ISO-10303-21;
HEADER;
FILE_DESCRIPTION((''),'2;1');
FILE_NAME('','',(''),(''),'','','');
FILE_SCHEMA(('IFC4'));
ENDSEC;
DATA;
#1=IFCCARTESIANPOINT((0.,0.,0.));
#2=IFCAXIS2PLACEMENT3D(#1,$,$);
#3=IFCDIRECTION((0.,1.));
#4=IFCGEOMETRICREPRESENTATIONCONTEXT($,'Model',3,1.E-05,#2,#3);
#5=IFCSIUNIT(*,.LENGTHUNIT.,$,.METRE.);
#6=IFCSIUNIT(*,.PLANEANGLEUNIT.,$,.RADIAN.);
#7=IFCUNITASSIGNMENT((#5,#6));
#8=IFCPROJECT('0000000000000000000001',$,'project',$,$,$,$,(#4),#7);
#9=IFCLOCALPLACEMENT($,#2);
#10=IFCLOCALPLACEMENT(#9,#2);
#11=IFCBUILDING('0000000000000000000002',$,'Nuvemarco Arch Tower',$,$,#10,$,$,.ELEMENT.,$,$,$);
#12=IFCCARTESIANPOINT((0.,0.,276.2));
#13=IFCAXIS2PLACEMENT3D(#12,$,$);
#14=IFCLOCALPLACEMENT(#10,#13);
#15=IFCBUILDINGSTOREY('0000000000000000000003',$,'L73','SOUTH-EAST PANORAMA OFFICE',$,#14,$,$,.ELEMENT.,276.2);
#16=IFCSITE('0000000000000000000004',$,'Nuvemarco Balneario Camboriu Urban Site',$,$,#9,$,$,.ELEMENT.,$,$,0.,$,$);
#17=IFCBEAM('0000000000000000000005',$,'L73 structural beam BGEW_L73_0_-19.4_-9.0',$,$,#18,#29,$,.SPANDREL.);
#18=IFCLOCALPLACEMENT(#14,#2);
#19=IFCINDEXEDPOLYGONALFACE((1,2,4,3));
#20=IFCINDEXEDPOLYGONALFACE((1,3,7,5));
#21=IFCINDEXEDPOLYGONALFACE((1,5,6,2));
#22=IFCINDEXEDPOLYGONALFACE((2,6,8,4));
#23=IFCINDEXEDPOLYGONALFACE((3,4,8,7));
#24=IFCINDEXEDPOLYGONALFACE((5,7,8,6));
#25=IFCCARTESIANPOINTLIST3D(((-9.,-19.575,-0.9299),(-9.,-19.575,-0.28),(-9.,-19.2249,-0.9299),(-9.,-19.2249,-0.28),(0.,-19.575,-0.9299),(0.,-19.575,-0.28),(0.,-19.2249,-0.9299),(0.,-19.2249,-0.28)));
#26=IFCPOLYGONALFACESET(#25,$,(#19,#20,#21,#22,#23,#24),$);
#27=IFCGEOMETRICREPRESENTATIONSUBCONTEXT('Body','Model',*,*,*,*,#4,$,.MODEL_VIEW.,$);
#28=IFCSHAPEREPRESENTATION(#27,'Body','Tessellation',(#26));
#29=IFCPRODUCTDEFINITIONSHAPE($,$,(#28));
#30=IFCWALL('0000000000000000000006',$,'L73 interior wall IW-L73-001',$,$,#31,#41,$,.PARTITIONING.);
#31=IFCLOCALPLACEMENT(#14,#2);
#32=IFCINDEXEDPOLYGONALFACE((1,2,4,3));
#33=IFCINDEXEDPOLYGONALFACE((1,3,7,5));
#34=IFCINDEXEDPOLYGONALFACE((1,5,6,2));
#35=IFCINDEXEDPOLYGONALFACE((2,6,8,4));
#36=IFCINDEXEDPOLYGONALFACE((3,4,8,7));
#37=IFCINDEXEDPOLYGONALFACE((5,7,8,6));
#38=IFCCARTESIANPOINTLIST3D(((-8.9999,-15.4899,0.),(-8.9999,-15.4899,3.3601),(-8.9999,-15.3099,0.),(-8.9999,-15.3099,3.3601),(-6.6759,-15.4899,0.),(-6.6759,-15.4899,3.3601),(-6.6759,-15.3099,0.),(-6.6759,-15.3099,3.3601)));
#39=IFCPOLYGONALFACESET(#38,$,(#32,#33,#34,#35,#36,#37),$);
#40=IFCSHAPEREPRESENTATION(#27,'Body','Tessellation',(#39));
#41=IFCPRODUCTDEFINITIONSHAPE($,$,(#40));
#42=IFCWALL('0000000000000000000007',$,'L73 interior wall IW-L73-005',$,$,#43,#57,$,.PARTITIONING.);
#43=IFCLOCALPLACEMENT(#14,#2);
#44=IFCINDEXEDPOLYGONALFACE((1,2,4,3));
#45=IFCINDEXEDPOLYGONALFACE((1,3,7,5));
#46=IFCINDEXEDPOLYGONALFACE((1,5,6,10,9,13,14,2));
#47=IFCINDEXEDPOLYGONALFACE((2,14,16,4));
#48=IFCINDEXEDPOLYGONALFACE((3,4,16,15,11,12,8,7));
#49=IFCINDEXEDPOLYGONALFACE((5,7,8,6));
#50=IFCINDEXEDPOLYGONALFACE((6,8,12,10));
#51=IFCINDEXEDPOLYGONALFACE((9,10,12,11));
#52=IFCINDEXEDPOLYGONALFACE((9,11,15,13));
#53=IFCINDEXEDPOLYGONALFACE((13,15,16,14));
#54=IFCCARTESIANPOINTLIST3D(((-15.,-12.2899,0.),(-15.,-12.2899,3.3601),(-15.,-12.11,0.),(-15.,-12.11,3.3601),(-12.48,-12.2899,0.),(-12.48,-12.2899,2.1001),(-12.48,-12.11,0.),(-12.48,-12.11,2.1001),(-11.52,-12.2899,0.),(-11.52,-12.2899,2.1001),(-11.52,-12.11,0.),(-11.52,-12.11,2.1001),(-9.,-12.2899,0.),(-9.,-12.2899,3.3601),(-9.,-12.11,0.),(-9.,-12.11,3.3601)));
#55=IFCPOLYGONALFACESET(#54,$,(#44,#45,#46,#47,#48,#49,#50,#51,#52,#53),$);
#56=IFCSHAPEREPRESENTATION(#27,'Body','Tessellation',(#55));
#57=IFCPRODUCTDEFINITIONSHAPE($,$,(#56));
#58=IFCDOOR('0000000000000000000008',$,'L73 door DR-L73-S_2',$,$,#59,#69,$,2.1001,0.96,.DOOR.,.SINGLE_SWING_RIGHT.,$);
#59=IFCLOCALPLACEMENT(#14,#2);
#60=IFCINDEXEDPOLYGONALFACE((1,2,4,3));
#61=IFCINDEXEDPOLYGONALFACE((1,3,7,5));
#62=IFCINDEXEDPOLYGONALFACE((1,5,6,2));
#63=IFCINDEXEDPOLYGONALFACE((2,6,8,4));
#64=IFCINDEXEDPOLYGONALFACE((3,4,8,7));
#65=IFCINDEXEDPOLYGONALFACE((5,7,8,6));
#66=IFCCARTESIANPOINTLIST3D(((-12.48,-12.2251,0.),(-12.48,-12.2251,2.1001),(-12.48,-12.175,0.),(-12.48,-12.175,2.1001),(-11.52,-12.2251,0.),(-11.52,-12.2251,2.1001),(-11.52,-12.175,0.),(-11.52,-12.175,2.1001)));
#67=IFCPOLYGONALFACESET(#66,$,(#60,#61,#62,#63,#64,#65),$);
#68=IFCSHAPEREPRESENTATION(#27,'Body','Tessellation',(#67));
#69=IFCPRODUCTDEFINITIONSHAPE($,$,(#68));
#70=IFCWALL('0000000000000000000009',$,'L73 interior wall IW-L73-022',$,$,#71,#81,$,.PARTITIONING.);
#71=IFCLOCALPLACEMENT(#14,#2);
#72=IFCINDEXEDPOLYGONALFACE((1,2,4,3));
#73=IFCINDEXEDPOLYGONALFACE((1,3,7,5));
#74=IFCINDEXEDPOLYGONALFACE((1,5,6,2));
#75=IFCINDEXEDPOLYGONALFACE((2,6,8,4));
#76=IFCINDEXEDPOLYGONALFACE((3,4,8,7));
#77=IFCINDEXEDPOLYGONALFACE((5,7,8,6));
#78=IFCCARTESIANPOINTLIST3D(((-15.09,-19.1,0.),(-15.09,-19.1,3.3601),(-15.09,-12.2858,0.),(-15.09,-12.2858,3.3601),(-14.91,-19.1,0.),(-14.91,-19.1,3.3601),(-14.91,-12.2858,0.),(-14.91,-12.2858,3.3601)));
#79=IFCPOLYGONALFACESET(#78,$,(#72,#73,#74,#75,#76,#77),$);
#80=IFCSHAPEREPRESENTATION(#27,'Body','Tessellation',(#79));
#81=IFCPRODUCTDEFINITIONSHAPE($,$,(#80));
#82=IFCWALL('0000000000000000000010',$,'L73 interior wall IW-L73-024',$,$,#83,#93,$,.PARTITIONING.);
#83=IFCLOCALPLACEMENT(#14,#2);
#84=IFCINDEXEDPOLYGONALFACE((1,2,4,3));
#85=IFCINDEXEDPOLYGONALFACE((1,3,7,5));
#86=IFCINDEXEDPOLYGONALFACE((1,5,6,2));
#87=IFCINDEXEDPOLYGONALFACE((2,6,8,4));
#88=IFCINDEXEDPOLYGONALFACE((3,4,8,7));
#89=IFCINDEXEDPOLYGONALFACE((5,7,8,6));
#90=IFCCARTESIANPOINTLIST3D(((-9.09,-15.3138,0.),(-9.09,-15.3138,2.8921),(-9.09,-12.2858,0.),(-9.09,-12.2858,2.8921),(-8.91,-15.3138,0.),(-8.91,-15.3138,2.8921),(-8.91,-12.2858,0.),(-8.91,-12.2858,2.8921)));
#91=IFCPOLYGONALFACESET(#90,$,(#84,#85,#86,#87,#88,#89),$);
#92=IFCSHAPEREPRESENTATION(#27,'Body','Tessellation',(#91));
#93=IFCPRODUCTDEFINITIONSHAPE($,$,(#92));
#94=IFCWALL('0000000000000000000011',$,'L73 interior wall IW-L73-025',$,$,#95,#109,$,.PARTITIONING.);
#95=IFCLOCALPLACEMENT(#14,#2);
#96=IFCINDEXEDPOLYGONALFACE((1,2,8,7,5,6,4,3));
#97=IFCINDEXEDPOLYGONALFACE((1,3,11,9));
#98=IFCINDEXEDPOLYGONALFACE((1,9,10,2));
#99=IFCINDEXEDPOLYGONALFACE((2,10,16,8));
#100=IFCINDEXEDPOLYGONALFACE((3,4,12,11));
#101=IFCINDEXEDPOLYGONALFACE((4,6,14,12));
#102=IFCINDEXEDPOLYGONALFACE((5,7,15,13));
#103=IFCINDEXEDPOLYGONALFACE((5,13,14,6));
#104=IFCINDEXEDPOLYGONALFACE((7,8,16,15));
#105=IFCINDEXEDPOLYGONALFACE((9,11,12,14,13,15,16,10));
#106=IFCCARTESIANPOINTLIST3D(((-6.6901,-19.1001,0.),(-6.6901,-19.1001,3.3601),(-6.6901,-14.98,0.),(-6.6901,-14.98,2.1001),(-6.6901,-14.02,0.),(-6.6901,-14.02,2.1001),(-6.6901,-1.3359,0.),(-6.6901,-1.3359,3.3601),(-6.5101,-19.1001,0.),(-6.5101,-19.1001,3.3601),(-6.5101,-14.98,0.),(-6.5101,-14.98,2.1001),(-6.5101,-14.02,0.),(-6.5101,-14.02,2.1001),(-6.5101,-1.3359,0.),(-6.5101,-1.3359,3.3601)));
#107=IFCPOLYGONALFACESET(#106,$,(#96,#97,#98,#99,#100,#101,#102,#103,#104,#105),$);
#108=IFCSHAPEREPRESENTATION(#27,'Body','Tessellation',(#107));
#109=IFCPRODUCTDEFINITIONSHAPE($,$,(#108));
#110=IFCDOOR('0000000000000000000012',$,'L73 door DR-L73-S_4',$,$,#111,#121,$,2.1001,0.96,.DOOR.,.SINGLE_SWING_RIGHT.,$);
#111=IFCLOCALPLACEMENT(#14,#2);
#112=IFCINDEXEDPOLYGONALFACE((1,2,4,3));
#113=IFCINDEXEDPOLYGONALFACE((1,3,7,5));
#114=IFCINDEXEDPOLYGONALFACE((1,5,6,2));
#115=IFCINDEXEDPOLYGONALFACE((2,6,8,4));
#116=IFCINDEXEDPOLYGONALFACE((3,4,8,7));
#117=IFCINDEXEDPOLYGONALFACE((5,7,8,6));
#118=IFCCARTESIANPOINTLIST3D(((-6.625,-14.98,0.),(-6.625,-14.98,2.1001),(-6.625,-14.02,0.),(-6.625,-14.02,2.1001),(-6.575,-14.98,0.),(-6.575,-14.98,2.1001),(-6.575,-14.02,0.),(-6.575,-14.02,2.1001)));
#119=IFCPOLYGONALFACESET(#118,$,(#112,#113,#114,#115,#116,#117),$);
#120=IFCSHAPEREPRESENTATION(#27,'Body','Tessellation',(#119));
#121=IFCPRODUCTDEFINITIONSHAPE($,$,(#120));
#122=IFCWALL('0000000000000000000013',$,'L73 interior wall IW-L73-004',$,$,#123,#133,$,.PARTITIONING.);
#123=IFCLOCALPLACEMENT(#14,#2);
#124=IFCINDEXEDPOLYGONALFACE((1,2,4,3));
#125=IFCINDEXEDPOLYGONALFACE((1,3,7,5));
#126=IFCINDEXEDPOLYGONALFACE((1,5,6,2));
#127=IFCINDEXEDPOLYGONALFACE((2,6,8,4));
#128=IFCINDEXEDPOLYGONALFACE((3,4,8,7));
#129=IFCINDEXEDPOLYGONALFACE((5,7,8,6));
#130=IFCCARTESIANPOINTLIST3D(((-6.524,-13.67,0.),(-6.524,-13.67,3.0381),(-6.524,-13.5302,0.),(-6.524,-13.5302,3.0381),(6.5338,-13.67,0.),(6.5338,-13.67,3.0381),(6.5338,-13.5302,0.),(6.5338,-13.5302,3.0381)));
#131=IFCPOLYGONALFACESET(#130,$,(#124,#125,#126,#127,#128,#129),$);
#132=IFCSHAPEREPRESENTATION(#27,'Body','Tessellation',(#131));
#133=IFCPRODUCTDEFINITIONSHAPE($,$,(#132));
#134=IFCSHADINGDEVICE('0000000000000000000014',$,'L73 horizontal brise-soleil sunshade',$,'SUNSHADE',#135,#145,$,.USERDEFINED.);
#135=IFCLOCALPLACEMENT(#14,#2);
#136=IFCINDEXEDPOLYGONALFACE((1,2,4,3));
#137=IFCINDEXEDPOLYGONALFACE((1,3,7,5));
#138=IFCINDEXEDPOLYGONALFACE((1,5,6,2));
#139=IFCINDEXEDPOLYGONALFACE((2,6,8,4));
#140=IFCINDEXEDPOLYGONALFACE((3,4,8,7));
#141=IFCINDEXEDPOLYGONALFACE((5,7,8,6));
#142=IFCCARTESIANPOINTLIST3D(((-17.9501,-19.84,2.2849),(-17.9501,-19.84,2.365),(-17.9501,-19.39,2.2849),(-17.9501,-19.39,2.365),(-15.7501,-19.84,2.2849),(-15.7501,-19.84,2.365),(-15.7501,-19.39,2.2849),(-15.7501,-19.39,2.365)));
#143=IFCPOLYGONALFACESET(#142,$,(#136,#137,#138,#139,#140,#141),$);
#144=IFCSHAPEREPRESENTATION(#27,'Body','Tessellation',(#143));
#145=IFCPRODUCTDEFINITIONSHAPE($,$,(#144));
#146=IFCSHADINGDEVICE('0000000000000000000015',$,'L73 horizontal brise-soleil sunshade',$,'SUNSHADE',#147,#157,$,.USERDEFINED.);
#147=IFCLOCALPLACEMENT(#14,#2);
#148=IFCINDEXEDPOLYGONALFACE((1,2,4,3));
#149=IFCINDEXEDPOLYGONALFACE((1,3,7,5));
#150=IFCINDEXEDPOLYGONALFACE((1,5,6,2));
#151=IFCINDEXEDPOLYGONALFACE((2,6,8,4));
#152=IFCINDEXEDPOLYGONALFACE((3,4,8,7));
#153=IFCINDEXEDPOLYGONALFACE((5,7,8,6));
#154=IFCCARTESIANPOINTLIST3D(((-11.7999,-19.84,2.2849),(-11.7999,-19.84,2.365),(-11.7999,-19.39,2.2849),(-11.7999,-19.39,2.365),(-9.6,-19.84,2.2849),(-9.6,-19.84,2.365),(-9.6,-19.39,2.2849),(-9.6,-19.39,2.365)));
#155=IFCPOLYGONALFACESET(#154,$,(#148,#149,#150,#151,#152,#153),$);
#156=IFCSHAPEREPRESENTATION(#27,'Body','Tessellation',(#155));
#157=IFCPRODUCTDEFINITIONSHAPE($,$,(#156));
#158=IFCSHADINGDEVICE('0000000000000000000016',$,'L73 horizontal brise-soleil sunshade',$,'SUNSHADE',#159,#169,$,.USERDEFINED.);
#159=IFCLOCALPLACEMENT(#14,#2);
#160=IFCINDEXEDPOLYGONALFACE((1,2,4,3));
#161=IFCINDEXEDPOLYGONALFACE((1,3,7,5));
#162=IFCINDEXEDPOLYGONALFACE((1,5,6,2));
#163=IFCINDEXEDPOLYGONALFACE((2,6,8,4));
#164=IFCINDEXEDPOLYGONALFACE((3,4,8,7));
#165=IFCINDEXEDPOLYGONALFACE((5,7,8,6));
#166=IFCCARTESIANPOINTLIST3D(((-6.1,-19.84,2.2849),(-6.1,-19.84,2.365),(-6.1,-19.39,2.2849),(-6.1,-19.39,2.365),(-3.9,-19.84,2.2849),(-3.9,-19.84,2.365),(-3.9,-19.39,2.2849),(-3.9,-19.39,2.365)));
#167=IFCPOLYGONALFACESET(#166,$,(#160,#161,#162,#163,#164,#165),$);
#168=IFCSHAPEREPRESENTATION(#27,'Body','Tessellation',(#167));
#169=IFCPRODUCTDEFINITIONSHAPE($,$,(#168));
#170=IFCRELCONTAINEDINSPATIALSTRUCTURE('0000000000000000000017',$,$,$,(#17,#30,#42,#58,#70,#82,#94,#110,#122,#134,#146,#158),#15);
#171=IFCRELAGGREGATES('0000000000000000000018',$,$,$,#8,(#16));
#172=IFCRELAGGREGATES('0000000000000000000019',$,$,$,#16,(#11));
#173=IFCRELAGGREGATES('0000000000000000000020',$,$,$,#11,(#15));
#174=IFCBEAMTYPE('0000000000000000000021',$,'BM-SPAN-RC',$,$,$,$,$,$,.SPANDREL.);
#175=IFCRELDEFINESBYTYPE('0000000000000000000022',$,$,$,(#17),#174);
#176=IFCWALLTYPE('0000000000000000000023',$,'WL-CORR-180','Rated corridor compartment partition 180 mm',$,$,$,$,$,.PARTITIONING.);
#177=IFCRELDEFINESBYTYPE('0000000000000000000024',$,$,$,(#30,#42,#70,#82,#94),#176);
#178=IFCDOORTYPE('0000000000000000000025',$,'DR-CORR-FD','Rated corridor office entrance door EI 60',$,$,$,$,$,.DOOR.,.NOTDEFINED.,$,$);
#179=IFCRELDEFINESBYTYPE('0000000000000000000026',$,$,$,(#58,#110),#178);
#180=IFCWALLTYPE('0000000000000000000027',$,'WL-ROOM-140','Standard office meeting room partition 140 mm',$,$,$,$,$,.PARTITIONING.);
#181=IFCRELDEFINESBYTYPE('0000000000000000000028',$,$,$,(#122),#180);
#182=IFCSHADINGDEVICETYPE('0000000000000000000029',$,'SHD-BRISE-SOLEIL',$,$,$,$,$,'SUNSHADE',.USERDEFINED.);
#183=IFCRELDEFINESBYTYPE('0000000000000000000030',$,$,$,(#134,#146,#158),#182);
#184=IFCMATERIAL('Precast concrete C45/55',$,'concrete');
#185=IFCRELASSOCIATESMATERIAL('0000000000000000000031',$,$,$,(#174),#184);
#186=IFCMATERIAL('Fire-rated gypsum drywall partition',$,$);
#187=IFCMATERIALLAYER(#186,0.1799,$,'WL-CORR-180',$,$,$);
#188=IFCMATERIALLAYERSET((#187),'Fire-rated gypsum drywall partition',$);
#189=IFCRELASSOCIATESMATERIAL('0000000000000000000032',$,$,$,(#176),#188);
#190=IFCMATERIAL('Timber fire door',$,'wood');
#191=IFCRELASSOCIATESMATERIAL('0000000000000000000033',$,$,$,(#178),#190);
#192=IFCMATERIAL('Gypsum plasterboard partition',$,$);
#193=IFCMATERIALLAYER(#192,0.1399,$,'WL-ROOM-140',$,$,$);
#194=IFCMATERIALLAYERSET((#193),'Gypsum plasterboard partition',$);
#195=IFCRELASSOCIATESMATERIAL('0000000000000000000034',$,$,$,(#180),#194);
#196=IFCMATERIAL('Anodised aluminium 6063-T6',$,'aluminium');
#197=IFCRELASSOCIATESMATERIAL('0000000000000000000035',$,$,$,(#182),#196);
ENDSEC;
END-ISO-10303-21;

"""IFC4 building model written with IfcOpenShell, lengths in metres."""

from ifc_helpers import new_model, si_unit, direction, frame, frame_2d, origin, origin_2d, place, context, subcontext, project, spatial, rectangle, extrude, source, transform, mapped, material, layer, layer_set, material_profile, profile_set, type_object, type_shapes, element, fill, save


model = new_model("IFC4")

# Units and contexts
model_context = context("Model", 3, precision=1e-05, world=origin(), true_north=direction((0.0, 1.0)))
body_context = subcontext(model_context, "Body", "Model", "MODEL_VIEW")
ifc_project = project(units=[si_unit("LENGTHUNIT", "METRE"), si_unit("PLANEANGLEUNIT", "RADIAN")], contexts=[model_context])

# Site, building, storey
site_placement = place(None, origin())
site = spatial("IfcSite", under=ifc_project, at=site_placement, Name="Nuvemarco Balneario Camboriu Urban Site", CompositionType="ELEMENT", RefElevation=0.0)
building_placement = place(site_placement, origin())
building = spatial("IfcBuilding", under=site, at=building_placement, Name="Nuvemarco Arch Tower", CompositionType="ELEMENT")
storey_placement = place(building_placement, frame((0.0, 0.0, 276.2)))
storey = spatial("IfcBuildingStorey", under=building, at=storey_placement, Name="L73", Description="SOUTH-EAST PANORAMA OFFICE", CompositionType="ELEMENT", Elevation=276.2)

# Beam
ifc_material_1 = material(Name="Precast concrete C45/55", Category="concrete")
ifc_material_profile_1 = material_profile(ifc_material_1, rectangle(XDim=0.3501, YDim=0.6499, at=origin_2d()), Name="PC-SP-350x650")
ifc_profile_set_1 = profile_set([ifc_material_profile_1], Name="Precast concrete C45/55")
beam_type_1 = type_object("IfcBeamType", Name="BM-SPAN-RC", PredefinedType="SPANDREL", material=ifc_profile_set_1)
beam_1_placement = place(storey_placement, frame((-9.0, -19.3999, -0.605), z_axis=(1.0, 0.0, 0.0), x_axis=(0.0, 1.0, 0.0)))
element("IfcBeam", 1, at=beam_1_placement, inside=storey, type_object=beam_type_1, Name="L73 structural beam BGEW_L73_0_-19.4_-9.0", PredefinedType="SPANDREL", context=body_context, shape_type="SweptSolid", body=[
    extrude(rectangle(XDim=0.3501, YDim=0.6499, at=origin_2d()), origin(), (0.0, 0.0, 1.0), 9.0),
])

# Wall
ifc_material_2 = material(Name="Fire-rated gypsum drywall partition")
ifc_layer_1 = layer(ifc_material_2, 0.1799, Name="WL-CORR-180")
ifc_layer_set_1 = layer_set([ifc_layer_1], Name="Fire-rated gypsum drywall partition")
wall_type_1 = type_object("IfcWallType", Name="WL-CORR-180", Description="Rated corridor compartment partition 180 mm", PredefinedType="PARTITIONING", material=ifc_layer_set_1)
wall_1_placement = place(storey_placement, frame((-9.0, -15.3999, 0.0), z_axis=(0.0, 0.0, 1.0), x_axis=(1.0, 0.0, 0.0)))
element("IfcWall", 2, at=wall_1_placement, inside=storey, type_object=wall_type_1, Name="L73 interior wall IW-L73-001", PredefinedType="PARTITIONING", context=body_context, shape_type="SweptSolid", body=[
    extrude(rectangle(XDim=2.324, YDim=0.1799, at=frame_2d((1.1621, 0.0))), origin(), (0.0, 0.0, 1.0), 3.3601),
])

# Wall, opening, door
wall_2_placement = place(storey_placement, frame((-15.0, -12.2, 0.0), z_axis=(0.0, 0.0, 1.0), x_axis=(1.0, 0.0, 0.0)))
wall_2 = element("IfcWall", 3, at=wall_2_placement, inside=storey, type_object=wall_type_1, Name="L73 interior wall IW-L73-005", PredefinedType="PARTITIONING", context=body_context, shape_type="SweptSolid", body=[
    extrude(rectangle(XDim=6.0, YDim=0.1799, at=frame_2d((3.0, 0.0))), origin(), (0.0, 0.0, 1.0), 3.3601),
])
opening_1_placement = place(wall_2_placement, frame((2.52, 0.0, 0.0)))
opening_1 = element("IfcOpeningElement", 4, at=opening_1_placement, cuts=wall_2, PredefinedType="OPENING", context=body_context, shape_type="SweptSolid", body=[
    extrude(rectangle(XDim=0.96, YDim=2.1001, at=frame_2d((0.48, 1.05))), frame((0.0, 0.0999, 0.0), z_axis=(0.0, -1.0, 0.0), x_axis=(1.0, 0.0, 0.0)), (0.0, 0.0, 1.0), 0.2),
])
ifc_material_3 = material(Name="Timber fire door", Category="wood")
door_type = type_object("IfcDoorType", Name="DR-CORR-FD", Description="Rated corridor office entrance door EI 60", OperationType="NOTDEFINED", PredefinedType="DOOR", material=ifc_material_3)
shared_shape_1 = source(origin(), body_context, "Body", "SweptSolid", [
    extrude(rectangle(XDim=0.96, YDim=2.1001, at=frame_2d((0.48, 1.05))), frame((0.0, 0.0249, 0.0), z_axis=(0.0, -1.0, 0.0), x_axis=(1.0, 0.0, 0.0)), (0.0, 0.0, 1.0), 0.05),
])
type_shapes(door_type, [shared_shape_1])
door_1_placement = place(opening_1_placement, origin())
door_1 = element("IfcDoor", 5, at=door_1_placement, inside=storey, type_object=door_type, Name="L73 door DR-L73-S_2", OperationType="SINGLE_SWING_RIGHT", OverallHeight=2.1001, OverallWidth=0.96, PredefinedType="DOOR", context=body_context, shape_type="MappedRepresentation", body=[
    mapped(shared_shape_1, transform((0.0, 0.0, 0.0), scale=1.0)),
])
fill(opening_1, door_1)

# Walls
wall_3_placement = place(storey_placement, frame((-15.0, -19.1001, 0.0), z_axis=(0.0, 0.0, 1.0), x_axis=(0.0, 1.0, 0.0)))
element("IfcWall", 6, at=wall_3_placement, inside=storey, type_object=wall_type_1, Name="L73 interior wall IW-L73-022", PredefinedType="PARTITIONING", context=body_context, shape_type="SweptSolid", body=[
    extrude(rectangle(XDim=6.8142, YDim=0.1799, at=frame_2d((3.4072, 0.0))), origin(), (0.0, 0.0, 1.0), 3.3601),
])
wall_4_placement = place(storey_placement, frame((-9.0, -15.314, 0.0), z_axis=(0.0, 0.0, 1.0), x_axis=(0.0, 1.0, 0.0)))
element("IfcWall", 7, at=wall_4_placement, inside=storey, type_object=wall_type_1, Name="L73 interior wall IW-L73-024", PredefinedType="PARTITIONING", context=body_context, shape_type="SweptSolid", body=[
    extrude(rectangle(XDim=3.0281, YDim=0.1799, at=frame_2d((1.5142, 0.0))), origin(), (0.0, 0.0, 1.0), 2.8921),
])

# Wall, opening, door
wall_5_placement = place(storey_placement, frame((-6.6001, -19.1001, 0.0), z_axis=(0.0, 0.0, 1.0), x_axis=(0.0, 1.0, 0.0)))
wall_5 = element("IfcWall", 8, at=wall_5_placement, inside=storey, type_object=wall_type_1, Name="L73 interior wall IW-L73-025", PredefinedType="PARTITIONING", context=body_context, shape_type="SweptSolid", body=[
    extrude(rectangle(XDim=17.7642, YDim=0.1799, at=frame_2d((8.8821, 0.0))), origin(), (0.0, 0.0, 1.0), 3.3601),
])
opening_2_placement = place(wall_5_placement, frame((4.1201, 0.0, 0.0)))
opening_2 = element("IfcOpeningElement", 9, at=opening_2_placement, cuts=wall_5, PredefinedType="OPENING", context=body_context, shape_type="SweptSolid", body=[
    extrude(rectangle(XDim=0.96, YDim=2.1001, at=frame_2d((0.48, 1.05))), frame((0.0, 0.0999, 0.0), z_axis=(0.0, -1.0, 0.0), x_axis=(1.0, 0.0, 0.0)), (0.0, 0.0, 1.0), 0.2),
])
door_2_placement = place(opening_2_placement, origin())
door_2 = element("IfcDoor", 10, at=door_2_placement, inside=storey, type_object=door_type, Name="L73 door DR-L73-S_4", OperationType="SINGLE_SWING_RIGHT", OverallHeight=2.1001, OverallWidth=0.96, PredefinedType="DOOR", context=body_context, shape_type="MappedRepresentation", body=[
    mapped(shared_shape_1, transform((0.0, 0.0, 0.0), scale=1.0)),
])
fill(opening_2, door_2)

# Wall
ifc_material_4 = material(Name="Gypsum plasterboard partition")
ifc_layer_2 = layer(ifc_material_4, 0.1399, Name="WL-ROOM-140")
ifc_layer_set_2 = layer_set([ifc_layer_2], Name="Gypsum plasterboard partition")
wall_type_2 = type_object("IfcWallType", Name="WL-ROOM-140", Description="Standard office meeting room partition 140 mm", PredefinedType="PARTITIONING", material=ifc_layer_set_2)
wall_6_placement = place(storey_placement, frame((-6.5239, -13.6001, 0.0), z_axis=(0.0, 0.0, 1.0), x_axis=(1.0, 0.0, 0.0)))
element("IfcWall", 11, at=wall_6_placement, inside=storey, type_object=wall_type_2, Name="L73 interior wall IW-L73-004", PredefinedType="PARTITIONING", context=body_context, shape_type="SweptSolid", body=[
    extrude(rectangle(XDim=13.0579, YDim=0.1399, at=frame_2d((6.5288, 0.0))), origin(), (0.0, 0.0, 1.0), 3.0381),
])

# Shading devices
ifc_material_5 = material(Name="Anodised aluminium 6063-T6", Category="aluminium")
shading_device_type = type_object("IfcShadingDeviceType", Name="SHD-BRISE-SOLEIL", ElementType="SUNSHADE", PredefinedType="USERDEFINED", material=ifc_material_5)
shared_shape_2 = source(origin(), body_context, "Body", "SweptSolid", [
    extrude(rectangle(XDim=2.2, YDim=0.45, at=origin_2d()), origin(), (0.0, 0.0, 1.0), 0.0801),
])
type_shapes(shading_device_type, [shared_shape_2])
for number, where, z_axis, x_axis, name in (
    (12, (-16.8501, -19.615, 2.2849), (0.0, 0.0, 1.0), (1.0, 0.0, 0.0), "L73 horizontal brise-soleil sunshade"),
    (13, (-10.7, -19.615, 2.2849), (0.0, 0.0, 1.0), (1.0, 0.0, 0.0), "L73 horizontal brise-soleil sunshade"),
    (14, (-5.0, -19.615, 2.2849), (0.0, 0.0, 1.0), (1.0, 0.0, 0.0), "L73 horizontal brise-soleil sunshade"),
):
    element("IfcShadingDevice", number, at=place(storey_placement, frame(where, z_axis=z_axis, x_axis=x_axis)), inside=storey, type_object=shading_device_type, Name=name, ObjectType="SUNSHADE", PredefinedType="USERDEFINED", context=body_context, shape_type="MappedRepresentation", body=[
        mapped(shared_shape_2, transform((0.0, 0.0, 0.0), scale=1.0)),
    ])

save(model, "model.ifc")
